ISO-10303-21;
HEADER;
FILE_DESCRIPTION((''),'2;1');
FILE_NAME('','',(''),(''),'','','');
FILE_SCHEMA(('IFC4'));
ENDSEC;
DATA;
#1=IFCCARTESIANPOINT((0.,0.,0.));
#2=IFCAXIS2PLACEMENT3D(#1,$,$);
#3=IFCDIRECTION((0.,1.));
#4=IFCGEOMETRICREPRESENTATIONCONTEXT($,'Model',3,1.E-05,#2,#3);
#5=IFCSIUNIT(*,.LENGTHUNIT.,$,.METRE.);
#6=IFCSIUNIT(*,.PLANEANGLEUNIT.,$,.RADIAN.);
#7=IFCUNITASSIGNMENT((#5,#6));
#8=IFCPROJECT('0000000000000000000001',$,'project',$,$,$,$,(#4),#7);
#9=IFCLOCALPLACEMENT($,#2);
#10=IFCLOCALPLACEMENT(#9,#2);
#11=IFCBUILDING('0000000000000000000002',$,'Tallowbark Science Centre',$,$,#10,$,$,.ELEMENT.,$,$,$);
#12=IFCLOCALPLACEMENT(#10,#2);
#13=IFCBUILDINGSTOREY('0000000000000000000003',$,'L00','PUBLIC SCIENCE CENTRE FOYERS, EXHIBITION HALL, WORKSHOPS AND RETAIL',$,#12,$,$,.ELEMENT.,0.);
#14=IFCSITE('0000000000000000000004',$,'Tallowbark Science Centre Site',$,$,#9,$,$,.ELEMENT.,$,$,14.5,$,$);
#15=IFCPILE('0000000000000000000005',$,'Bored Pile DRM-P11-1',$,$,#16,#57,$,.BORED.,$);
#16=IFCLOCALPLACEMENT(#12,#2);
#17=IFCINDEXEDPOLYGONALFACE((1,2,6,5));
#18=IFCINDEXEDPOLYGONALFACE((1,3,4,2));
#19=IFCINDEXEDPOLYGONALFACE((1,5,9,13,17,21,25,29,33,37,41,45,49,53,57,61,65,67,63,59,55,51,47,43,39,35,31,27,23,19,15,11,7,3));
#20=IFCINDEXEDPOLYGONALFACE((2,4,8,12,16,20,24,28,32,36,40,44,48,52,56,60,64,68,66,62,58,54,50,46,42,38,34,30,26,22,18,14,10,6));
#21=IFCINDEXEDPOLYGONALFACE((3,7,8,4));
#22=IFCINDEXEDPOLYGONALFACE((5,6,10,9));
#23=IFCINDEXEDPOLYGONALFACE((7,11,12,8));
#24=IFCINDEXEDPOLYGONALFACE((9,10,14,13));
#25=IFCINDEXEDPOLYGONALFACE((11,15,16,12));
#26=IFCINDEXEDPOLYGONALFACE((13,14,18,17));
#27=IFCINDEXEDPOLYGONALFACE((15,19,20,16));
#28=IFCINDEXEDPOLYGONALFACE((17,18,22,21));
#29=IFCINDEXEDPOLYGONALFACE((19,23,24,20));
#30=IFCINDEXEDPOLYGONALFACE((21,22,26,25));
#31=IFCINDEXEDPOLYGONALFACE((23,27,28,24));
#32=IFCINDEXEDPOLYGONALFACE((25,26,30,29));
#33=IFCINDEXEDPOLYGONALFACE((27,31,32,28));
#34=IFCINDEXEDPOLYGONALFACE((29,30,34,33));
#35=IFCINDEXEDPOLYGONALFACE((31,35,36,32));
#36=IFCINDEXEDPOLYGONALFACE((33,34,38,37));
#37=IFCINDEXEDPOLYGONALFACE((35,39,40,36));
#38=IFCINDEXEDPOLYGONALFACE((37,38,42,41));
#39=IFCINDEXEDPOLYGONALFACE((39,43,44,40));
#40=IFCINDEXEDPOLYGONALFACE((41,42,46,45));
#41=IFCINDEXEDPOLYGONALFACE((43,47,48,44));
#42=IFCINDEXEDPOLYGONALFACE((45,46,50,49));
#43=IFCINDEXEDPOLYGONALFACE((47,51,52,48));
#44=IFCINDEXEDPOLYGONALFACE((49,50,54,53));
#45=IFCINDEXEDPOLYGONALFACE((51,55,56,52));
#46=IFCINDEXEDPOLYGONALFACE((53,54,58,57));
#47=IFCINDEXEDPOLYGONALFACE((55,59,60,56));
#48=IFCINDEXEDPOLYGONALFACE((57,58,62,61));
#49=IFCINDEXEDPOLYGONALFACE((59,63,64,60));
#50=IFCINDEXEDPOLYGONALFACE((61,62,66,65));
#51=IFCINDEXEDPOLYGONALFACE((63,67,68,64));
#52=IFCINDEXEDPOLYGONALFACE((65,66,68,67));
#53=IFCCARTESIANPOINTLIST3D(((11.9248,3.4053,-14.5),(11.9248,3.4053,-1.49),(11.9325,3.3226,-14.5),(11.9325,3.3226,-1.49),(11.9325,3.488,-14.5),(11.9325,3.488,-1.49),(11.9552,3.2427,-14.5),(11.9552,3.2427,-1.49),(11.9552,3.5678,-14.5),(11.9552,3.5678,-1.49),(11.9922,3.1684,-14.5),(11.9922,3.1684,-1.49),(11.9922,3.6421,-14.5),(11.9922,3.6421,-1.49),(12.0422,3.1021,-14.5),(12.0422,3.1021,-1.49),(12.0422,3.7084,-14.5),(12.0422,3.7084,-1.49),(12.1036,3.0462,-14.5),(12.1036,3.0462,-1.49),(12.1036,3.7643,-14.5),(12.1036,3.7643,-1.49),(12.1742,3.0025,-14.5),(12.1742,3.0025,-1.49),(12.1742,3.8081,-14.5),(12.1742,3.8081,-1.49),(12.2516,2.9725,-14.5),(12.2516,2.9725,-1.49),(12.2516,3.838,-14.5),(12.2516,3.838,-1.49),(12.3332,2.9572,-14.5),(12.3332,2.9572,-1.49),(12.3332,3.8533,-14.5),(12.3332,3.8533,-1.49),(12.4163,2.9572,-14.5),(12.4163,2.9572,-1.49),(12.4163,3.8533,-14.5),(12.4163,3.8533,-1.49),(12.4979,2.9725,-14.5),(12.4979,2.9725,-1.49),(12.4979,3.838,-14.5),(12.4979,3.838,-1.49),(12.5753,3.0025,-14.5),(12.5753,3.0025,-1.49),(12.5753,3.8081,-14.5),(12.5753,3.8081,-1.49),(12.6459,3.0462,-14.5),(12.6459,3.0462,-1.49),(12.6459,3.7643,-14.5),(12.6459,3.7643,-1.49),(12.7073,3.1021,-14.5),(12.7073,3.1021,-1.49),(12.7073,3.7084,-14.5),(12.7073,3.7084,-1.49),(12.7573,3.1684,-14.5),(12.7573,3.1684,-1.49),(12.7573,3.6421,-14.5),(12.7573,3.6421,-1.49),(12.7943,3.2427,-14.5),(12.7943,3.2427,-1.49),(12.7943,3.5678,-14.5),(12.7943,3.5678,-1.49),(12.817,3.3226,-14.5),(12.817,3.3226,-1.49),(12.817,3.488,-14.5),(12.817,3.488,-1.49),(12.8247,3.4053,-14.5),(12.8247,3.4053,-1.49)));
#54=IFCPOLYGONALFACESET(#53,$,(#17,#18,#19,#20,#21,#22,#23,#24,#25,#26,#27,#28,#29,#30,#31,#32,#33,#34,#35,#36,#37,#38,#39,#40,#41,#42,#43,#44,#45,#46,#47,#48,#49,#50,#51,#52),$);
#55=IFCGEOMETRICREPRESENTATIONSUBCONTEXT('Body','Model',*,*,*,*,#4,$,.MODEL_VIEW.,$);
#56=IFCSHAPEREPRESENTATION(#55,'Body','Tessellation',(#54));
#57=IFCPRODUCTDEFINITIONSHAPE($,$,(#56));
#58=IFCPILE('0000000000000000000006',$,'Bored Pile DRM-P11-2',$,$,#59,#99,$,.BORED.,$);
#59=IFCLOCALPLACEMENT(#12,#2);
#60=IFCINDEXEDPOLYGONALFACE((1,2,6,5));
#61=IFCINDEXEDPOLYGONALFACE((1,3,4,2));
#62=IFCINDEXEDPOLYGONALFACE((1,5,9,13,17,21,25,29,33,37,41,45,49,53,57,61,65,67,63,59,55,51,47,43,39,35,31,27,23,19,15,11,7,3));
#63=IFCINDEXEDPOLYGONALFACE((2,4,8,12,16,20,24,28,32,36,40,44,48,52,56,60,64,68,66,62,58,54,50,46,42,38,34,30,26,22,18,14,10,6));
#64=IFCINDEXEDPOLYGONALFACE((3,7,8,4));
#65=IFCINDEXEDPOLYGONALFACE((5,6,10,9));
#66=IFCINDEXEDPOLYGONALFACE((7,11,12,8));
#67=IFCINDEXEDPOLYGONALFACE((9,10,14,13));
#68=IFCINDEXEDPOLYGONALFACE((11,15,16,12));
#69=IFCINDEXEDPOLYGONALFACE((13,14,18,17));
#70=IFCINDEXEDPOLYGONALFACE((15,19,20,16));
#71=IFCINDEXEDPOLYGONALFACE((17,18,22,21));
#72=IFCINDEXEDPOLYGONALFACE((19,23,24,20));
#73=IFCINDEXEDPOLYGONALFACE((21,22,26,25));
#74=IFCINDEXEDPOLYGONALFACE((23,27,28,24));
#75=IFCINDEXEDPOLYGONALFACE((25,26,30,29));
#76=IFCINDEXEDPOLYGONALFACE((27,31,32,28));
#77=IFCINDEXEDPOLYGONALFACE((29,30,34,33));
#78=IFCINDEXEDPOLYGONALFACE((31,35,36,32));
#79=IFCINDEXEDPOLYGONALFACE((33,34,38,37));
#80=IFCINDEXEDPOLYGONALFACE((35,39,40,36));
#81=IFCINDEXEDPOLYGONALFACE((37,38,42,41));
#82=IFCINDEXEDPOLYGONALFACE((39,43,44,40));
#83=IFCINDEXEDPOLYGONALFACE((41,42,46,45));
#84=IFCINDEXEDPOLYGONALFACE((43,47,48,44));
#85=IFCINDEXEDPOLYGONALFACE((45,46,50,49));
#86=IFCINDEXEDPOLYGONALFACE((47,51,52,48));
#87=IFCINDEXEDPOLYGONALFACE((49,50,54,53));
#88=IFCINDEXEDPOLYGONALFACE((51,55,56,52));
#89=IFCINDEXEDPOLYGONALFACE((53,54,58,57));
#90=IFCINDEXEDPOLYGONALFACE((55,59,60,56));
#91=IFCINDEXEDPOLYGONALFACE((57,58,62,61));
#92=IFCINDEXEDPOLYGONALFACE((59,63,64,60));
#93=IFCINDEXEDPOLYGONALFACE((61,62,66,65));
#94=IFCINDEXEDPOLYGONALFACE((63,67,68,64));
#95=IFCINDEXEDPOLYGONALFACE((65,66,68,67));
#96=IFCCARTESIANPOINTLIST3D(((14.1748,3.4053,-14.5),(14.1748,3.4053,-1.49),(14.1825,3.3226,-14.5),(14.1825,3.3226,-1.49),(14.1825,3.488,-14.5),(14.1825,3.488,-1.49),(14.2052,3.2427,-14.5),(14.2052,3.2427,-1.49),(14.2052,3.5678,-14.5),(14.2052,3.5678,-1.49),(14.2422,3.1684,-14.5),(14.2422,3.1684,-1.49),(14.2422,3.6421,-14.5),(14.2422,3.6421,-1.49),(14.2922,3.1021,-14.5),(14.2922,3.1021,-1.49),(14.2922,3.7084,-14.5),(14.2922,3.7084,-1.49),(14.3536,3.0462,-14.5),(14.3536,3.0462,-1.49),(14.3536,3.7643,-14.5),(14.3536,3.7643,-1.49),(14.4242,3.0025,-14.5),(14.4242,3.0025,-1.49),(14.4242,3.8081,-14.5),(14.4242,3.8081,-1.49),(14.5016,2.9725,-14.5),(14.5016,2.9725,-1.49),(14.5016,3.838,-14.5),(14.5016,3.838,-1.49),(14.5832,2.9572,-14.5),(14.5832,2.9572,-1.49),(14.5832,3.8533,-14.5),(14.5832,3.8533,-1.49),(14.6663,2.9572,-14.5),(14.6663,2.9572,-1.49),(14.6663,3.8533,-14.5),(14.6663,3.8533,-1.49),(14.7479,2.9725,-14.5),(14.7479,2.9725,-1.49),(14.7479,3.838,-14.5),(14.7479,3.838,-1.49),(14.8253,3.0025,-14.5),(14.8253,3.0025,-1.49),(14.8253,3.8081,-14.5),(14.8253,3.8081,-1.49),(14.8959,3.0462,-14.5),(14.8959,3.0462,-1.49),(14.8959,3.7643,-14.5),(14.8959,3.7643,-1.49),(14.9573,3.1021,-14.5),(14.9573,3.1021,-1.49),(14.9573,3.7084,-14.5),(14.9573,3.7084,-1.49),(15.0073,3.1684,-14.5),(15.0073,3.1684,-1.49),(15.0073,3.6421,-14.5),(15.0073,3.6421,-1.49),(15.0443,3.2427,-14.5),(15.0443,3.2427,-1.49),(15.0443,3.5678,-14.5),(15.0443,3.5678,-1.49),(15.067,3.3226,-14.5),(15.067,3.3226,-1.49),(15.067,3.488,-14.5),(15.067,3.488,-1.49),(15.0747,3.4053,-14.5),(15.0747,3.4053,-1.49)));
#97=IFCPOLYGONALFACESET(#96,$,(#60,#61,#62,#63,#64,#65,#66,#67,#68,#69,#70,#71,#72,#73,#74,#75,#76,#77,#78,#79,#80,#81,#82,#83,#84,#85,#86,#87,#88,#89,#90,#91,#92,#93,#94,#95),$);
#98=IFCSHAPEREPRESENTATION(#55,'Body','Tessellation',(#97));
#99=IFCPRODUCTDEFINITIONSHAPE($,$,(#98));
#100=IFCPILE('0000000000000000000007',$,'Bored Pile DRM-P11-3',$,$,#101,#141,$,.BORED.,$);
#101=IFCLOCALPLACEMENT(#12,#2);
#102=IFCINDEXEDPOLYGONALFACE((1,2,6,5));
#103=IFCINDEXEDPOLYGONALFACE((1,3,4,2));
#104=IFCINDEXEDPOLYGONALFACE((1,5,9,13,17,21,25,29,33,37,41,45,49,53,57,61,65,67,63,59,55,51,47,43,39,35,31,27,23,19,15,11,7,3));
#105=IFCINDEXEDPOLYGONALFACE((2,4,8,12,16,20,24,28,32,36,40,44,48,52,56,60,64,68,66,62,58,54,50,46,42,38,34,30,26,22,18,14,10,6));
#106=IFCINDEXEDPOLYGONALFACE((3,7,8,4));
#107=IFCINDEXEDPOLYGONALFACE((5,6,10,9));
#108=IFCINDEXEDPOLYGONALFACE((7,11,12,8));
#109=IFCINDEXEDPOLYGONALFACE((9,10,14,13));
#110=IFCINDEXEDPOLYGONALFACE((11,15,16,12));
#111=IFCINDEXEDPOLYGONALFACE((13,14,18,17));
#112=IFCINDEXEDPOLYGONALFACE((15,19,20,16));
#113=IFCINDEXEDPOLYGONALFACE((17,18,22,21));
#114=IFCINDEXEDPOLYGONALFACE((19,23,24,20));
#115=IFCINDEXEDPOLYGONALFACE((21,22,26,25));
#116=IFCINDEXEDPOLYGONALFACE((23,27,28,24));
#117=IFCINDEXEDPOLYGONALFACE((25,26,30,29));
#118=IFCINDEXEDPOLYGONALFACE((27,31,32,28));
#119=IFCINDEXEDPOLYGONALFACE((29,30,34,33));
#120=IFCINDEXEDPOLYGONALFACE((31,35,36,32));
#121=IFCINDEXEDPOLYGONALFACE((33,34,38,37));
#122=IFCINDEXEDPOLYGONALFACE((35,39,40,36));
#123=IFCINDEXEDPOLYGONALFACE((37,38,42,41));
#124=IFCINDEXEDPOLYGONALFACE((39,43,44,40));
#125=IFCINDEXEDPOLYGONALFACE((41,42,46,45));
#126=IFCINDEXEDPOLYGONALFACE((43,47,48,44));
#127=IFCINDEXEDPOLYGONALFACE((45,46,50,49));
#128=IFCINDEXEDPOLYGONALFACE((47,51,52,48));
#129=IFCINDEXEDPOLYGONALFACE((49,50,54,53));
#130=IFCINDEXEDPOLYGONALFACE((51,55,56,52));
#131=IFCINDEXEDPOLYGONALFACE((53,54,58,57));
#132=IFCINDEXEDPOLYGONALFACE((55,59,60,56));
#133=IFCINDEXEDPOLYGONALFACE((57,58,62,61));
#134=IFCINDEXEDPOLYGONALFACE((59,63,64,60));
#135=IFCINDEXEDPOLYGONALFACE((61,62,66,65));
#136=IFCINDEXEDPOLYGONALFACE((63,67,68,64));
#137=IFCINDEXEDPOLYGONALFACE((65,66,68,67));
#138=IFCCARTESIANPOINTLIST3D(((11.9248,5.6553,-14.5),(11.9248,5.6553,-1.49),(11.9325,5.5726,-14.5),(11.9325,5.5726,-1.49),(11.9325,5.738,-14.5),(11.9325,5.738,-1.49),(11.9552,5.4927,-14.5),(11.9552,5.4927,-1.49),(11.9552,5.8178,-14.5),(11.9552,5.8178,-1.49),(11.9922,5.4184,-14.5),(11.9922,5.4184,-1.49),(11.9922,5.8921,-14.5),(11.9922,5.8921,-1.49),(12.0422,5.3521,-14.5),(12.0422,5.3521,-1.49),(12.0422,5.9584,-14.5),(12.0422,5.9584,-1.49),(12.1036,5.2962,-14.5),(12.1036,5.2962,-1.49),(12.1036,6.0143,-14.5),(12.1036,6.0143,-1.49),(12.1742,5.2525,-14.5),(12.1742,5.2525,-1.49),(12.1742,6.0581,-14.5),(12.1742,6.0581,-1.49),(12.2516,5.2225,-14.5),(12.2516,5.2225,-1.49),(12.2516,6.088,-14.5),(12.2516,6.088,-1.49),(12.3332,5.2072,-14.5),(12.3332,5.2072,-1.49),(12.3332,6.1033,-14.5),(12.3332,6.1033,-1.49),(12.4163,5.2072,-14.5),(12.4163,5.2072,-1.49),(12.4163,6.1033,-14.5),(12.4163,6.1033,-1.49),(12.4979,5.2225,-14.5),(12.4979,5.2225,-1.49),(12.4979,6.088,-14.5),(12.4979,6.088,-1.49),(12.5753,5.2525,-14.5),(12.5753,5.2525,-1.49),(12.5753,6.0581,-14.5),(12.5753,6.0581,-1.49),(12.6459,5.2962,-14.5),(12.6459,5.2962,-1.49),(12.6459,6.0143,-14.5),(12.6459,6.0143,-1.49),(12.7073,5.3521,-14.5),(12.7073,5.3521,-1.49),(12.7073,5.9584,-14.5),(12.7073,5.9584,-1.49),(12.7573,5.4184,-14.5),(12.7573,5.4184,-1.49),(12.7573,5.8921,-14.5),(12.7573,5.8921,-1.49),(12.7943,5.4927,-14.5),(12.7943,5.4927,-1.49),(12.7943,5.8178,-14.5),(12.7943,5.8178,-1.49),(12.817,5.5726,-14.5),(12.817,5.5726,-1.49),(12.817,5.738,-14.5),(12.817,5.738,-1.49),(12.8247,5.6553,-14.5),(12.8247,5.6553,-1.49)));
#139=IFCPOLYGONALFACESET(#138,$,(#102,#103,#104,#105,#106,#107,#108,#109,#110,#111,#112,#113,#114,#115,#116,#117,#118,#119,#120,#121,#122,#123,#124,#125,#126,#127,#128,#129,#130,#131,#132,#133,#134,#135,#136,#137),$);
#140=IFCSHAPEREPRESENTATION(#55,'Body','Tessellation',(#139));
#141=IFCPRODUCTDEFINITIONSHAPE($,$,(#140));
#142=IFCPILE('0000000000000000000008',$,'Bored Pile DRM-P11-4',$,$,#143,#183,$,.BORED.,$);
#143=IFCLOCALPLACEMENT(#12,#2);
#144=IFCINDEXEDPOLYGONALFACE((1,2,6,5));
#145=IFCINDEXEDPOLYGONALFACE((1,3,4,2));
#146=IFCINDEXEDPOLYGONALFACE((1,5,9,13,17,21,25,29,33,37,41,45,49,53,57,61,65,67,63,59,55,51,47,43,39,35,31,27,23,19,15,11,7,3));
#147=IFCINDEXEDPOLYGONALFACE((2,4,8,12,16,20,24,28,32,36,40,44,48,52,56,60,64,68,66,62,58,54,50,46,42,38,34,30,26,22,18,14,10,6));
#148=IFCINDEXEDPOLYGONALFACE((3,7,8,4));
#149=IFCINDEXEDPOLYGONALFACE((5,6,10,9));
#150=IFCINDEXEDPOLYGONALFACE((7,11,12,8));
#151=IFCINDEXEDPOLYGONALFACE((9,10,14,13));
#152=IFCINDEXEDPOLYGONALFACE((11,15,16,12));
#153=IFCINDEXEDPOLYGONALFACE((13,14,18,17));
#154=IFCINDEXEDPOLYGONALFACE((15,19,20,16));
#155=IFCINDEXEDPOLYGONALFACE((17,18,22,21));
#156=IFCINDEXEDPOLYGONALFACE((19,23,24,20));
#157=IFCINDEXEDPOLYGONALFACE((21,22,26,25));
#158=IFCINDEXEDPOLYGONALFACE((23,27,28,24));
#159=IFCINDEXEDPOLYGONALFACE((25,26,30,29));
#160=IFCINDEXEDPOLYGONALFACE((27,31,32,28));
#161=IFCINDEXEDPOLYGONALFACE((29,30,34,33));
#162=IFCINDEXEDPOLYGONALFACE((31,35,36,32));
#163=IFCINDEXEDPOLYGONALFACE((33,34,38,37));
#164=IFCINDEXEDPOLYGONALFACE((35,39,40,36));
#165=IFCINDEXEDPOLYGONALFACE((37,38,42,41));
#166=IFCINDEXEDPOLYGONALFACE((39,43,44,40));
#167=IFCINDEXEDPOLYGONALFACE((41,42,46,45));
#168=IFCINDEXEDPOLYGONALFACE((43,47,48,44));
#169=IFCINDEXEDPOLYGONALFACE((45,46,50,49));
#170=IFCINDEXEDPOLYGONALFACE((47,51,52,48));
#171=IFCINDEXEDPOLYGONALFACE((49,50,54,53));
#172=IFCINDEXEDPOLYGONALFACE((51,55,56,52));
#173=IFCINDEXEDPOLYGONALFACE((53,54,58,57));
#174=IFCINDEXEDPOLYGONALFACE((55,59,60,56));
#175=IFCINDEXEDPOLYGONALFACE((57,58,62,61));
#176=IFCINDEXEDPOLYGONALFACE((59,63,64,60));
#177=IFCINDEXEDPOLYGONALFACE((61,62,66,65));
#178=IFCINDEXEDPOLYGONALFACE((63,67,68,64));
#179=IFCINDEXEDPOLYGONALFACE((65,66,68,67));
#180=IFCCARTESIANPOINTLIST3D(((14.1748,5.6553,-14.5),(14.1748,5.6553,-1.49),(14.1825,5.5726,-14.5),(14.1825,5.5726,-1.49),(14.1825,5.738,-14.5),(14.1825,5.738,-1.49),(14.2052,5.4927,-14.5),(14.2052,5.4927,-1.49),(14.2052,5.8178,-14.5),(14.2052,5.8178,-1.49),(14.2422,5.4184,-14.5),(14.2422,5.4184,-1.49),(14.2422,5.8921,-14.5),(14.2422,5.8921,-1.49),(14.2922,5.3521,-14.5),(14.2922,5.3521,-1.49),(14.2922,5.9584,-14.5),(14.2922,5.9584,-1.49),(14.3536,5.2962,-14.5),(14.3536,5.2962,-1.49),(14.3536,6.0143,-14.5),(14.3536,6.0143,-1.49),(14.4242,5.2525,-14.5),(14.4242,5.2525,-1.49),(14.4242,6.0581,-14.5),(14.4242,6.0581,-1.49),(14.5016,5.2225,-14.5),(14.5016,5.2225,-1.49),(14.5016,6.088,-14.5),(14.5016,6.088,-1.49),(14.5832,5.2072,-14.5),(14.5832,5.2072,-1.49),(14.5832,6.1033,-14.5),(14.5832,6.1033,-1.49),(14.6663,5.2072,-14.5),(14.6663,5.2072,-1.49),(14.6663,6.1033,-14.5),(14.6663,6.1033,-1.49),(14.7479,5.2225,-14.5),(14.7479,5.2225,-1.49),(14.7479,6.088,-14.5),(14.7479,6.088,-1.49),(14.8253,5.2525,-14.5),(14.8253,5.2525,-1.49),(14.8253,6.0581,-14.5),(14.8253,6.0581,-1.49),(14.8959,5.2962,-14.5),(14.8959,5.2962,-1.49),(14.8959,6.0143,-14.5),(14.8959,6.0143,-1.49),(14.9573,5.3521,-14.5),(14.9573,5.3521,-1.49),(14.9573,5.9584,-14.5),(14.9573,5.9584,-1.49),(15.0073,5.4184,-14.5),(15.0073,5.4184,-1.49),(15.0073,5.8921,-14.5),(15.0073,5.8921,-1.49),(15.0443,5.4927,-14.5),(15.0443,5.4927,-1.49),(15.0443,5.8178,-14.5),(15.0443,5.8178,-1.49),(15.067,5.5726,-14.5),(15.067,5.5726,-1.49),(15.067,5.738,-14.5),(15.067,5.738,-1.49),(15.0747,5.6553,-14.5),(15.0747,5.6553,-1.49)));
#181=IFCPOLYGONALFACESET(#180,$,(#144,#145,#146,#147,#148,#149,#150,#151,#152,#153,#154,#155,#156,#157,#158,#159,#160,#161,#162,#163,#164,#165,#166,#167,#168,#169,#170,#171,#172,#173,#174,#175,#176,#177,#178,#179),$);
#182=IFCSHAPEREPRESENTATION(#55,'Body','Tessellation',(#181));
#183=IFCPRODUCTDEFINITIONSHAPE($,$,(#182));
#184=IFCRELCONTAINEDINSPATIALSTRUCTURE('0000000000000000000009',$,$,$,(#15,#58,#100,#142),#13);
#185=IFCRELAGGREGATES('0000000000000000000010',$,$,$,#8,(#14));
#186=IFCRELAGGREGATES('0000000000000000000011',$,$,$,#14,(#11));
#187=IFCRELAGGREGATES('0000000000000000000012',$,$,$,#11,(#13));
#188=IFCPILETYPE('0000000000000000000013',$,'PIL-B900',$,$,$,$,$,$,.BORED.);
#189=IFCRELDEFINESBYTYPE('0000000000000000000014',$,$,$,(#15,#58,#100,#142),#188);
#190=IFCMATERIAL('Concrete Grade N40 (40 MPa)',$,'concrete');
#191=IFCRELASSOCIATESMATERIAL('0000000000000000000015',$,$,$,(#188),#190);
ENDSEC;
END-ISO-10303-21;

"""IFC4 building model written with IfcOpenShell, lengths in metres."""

from ifc_helpers import new_model, si_unit, direction, frame, origin, origin_2d, place, context, subcontext, project, spatial, circle, extrude, material, material_profile, profile_set, type_object, element, save


model = new_model("IFC4")

# Units and contexts
model_context = context("Model", 3, precision=1e-05, world=origin(), true_north=direction((0.0, 1.0)))
body_context = subcontext(model_context, "Body", "Model", "MODEL_VIEW")
ifc_project = project(units=[si_unit("LENGTHUNIT", "METRE"), si_unit("PLANEANGLEUNIT", "RADIAN")], contexts=[model_context])

# Site, building, storey
site_placement = place(None, origin())
site = spatial("IfcSite", under=ifc_project, at=site_placement, Name="Tallowbark Science Centre Site", CompositionType="ELEMENT", RefElevation=14.5)
building_placement = place(site_placement, origin())
building = spatial("IfcBuilding", under=site, at=building_placement, Name="Tallowbark Science Centre", CompositionType="ELEMENT")
storey_placement = place(building_placement, origin())
storey = spatial("IfcBuildingStorey", under=building, at=storey_placement, Name="L00", Description="PUBLIC SCIENCE CENTRE FOYERS, EXHIBITION HALL, WORKSHOPS AND RETAIL", CompositionType="ELEMENT", Elevation=0.0)

# Shared definitions
ifc_material_1 = material(Name="Concrete Grade N40 (40 MPa)", Category="concrete")

# Piles
ifc_material_profile_1 = material_profile(ifc_material_1, circle(Radius=0.45, at=origin_2d()), Name="PILE900")
ifc_profile_set_1 = profile_set([ifc_material_profile_1], Name="Concrete Grade N40 (40 MPa)")
pile_type_1 = type_object("IfcPileType", Name="PIL-B900", PredefinedType="BORED", material=ifc_profile_set_1)
for number, where, z_axis, x_axis, name in (
    (1, (12.3748, 3.4053, -1.49), (0.0, 0.0, -1.0), (1.0, 0.0, 0.0), "Bored Pile DRM-P11-1"),
    (2, (14.6248, 3.4053, -1.49), (0.0, 0.0, -1.0), (1.0, 0.0, 0.0), "Bored Pile DRM-P11-2"),
    (3, (12.3748, 5.6553, -1.49), (0.0, 0.0, -1.0), (1.0, 0.0, 0.0), "Bored Pile DRM-P11-3"),
    (4, (14.6248, 5.6553, -1.49), (0.0, 0.0, -1.0), (1.0, 0.0, 0.0), "Bored Pile DRM-P11-4"),
):
    element("IfcPile", number, at=place(storey_placement, frame(where, z_axis=z_axis, x_axis=x_axis)), inside=storey, type_object=pile_type_1, Name=name, PredefinedType="BORED", context=body_context, shape_type="SweptSolid", body=[
        extrude(circle(Radius=0.45, at=origin_2d()), origin(), (0.0, 0.0, 1.0), 13.01),
    ])

save(model, "model.ifc")
